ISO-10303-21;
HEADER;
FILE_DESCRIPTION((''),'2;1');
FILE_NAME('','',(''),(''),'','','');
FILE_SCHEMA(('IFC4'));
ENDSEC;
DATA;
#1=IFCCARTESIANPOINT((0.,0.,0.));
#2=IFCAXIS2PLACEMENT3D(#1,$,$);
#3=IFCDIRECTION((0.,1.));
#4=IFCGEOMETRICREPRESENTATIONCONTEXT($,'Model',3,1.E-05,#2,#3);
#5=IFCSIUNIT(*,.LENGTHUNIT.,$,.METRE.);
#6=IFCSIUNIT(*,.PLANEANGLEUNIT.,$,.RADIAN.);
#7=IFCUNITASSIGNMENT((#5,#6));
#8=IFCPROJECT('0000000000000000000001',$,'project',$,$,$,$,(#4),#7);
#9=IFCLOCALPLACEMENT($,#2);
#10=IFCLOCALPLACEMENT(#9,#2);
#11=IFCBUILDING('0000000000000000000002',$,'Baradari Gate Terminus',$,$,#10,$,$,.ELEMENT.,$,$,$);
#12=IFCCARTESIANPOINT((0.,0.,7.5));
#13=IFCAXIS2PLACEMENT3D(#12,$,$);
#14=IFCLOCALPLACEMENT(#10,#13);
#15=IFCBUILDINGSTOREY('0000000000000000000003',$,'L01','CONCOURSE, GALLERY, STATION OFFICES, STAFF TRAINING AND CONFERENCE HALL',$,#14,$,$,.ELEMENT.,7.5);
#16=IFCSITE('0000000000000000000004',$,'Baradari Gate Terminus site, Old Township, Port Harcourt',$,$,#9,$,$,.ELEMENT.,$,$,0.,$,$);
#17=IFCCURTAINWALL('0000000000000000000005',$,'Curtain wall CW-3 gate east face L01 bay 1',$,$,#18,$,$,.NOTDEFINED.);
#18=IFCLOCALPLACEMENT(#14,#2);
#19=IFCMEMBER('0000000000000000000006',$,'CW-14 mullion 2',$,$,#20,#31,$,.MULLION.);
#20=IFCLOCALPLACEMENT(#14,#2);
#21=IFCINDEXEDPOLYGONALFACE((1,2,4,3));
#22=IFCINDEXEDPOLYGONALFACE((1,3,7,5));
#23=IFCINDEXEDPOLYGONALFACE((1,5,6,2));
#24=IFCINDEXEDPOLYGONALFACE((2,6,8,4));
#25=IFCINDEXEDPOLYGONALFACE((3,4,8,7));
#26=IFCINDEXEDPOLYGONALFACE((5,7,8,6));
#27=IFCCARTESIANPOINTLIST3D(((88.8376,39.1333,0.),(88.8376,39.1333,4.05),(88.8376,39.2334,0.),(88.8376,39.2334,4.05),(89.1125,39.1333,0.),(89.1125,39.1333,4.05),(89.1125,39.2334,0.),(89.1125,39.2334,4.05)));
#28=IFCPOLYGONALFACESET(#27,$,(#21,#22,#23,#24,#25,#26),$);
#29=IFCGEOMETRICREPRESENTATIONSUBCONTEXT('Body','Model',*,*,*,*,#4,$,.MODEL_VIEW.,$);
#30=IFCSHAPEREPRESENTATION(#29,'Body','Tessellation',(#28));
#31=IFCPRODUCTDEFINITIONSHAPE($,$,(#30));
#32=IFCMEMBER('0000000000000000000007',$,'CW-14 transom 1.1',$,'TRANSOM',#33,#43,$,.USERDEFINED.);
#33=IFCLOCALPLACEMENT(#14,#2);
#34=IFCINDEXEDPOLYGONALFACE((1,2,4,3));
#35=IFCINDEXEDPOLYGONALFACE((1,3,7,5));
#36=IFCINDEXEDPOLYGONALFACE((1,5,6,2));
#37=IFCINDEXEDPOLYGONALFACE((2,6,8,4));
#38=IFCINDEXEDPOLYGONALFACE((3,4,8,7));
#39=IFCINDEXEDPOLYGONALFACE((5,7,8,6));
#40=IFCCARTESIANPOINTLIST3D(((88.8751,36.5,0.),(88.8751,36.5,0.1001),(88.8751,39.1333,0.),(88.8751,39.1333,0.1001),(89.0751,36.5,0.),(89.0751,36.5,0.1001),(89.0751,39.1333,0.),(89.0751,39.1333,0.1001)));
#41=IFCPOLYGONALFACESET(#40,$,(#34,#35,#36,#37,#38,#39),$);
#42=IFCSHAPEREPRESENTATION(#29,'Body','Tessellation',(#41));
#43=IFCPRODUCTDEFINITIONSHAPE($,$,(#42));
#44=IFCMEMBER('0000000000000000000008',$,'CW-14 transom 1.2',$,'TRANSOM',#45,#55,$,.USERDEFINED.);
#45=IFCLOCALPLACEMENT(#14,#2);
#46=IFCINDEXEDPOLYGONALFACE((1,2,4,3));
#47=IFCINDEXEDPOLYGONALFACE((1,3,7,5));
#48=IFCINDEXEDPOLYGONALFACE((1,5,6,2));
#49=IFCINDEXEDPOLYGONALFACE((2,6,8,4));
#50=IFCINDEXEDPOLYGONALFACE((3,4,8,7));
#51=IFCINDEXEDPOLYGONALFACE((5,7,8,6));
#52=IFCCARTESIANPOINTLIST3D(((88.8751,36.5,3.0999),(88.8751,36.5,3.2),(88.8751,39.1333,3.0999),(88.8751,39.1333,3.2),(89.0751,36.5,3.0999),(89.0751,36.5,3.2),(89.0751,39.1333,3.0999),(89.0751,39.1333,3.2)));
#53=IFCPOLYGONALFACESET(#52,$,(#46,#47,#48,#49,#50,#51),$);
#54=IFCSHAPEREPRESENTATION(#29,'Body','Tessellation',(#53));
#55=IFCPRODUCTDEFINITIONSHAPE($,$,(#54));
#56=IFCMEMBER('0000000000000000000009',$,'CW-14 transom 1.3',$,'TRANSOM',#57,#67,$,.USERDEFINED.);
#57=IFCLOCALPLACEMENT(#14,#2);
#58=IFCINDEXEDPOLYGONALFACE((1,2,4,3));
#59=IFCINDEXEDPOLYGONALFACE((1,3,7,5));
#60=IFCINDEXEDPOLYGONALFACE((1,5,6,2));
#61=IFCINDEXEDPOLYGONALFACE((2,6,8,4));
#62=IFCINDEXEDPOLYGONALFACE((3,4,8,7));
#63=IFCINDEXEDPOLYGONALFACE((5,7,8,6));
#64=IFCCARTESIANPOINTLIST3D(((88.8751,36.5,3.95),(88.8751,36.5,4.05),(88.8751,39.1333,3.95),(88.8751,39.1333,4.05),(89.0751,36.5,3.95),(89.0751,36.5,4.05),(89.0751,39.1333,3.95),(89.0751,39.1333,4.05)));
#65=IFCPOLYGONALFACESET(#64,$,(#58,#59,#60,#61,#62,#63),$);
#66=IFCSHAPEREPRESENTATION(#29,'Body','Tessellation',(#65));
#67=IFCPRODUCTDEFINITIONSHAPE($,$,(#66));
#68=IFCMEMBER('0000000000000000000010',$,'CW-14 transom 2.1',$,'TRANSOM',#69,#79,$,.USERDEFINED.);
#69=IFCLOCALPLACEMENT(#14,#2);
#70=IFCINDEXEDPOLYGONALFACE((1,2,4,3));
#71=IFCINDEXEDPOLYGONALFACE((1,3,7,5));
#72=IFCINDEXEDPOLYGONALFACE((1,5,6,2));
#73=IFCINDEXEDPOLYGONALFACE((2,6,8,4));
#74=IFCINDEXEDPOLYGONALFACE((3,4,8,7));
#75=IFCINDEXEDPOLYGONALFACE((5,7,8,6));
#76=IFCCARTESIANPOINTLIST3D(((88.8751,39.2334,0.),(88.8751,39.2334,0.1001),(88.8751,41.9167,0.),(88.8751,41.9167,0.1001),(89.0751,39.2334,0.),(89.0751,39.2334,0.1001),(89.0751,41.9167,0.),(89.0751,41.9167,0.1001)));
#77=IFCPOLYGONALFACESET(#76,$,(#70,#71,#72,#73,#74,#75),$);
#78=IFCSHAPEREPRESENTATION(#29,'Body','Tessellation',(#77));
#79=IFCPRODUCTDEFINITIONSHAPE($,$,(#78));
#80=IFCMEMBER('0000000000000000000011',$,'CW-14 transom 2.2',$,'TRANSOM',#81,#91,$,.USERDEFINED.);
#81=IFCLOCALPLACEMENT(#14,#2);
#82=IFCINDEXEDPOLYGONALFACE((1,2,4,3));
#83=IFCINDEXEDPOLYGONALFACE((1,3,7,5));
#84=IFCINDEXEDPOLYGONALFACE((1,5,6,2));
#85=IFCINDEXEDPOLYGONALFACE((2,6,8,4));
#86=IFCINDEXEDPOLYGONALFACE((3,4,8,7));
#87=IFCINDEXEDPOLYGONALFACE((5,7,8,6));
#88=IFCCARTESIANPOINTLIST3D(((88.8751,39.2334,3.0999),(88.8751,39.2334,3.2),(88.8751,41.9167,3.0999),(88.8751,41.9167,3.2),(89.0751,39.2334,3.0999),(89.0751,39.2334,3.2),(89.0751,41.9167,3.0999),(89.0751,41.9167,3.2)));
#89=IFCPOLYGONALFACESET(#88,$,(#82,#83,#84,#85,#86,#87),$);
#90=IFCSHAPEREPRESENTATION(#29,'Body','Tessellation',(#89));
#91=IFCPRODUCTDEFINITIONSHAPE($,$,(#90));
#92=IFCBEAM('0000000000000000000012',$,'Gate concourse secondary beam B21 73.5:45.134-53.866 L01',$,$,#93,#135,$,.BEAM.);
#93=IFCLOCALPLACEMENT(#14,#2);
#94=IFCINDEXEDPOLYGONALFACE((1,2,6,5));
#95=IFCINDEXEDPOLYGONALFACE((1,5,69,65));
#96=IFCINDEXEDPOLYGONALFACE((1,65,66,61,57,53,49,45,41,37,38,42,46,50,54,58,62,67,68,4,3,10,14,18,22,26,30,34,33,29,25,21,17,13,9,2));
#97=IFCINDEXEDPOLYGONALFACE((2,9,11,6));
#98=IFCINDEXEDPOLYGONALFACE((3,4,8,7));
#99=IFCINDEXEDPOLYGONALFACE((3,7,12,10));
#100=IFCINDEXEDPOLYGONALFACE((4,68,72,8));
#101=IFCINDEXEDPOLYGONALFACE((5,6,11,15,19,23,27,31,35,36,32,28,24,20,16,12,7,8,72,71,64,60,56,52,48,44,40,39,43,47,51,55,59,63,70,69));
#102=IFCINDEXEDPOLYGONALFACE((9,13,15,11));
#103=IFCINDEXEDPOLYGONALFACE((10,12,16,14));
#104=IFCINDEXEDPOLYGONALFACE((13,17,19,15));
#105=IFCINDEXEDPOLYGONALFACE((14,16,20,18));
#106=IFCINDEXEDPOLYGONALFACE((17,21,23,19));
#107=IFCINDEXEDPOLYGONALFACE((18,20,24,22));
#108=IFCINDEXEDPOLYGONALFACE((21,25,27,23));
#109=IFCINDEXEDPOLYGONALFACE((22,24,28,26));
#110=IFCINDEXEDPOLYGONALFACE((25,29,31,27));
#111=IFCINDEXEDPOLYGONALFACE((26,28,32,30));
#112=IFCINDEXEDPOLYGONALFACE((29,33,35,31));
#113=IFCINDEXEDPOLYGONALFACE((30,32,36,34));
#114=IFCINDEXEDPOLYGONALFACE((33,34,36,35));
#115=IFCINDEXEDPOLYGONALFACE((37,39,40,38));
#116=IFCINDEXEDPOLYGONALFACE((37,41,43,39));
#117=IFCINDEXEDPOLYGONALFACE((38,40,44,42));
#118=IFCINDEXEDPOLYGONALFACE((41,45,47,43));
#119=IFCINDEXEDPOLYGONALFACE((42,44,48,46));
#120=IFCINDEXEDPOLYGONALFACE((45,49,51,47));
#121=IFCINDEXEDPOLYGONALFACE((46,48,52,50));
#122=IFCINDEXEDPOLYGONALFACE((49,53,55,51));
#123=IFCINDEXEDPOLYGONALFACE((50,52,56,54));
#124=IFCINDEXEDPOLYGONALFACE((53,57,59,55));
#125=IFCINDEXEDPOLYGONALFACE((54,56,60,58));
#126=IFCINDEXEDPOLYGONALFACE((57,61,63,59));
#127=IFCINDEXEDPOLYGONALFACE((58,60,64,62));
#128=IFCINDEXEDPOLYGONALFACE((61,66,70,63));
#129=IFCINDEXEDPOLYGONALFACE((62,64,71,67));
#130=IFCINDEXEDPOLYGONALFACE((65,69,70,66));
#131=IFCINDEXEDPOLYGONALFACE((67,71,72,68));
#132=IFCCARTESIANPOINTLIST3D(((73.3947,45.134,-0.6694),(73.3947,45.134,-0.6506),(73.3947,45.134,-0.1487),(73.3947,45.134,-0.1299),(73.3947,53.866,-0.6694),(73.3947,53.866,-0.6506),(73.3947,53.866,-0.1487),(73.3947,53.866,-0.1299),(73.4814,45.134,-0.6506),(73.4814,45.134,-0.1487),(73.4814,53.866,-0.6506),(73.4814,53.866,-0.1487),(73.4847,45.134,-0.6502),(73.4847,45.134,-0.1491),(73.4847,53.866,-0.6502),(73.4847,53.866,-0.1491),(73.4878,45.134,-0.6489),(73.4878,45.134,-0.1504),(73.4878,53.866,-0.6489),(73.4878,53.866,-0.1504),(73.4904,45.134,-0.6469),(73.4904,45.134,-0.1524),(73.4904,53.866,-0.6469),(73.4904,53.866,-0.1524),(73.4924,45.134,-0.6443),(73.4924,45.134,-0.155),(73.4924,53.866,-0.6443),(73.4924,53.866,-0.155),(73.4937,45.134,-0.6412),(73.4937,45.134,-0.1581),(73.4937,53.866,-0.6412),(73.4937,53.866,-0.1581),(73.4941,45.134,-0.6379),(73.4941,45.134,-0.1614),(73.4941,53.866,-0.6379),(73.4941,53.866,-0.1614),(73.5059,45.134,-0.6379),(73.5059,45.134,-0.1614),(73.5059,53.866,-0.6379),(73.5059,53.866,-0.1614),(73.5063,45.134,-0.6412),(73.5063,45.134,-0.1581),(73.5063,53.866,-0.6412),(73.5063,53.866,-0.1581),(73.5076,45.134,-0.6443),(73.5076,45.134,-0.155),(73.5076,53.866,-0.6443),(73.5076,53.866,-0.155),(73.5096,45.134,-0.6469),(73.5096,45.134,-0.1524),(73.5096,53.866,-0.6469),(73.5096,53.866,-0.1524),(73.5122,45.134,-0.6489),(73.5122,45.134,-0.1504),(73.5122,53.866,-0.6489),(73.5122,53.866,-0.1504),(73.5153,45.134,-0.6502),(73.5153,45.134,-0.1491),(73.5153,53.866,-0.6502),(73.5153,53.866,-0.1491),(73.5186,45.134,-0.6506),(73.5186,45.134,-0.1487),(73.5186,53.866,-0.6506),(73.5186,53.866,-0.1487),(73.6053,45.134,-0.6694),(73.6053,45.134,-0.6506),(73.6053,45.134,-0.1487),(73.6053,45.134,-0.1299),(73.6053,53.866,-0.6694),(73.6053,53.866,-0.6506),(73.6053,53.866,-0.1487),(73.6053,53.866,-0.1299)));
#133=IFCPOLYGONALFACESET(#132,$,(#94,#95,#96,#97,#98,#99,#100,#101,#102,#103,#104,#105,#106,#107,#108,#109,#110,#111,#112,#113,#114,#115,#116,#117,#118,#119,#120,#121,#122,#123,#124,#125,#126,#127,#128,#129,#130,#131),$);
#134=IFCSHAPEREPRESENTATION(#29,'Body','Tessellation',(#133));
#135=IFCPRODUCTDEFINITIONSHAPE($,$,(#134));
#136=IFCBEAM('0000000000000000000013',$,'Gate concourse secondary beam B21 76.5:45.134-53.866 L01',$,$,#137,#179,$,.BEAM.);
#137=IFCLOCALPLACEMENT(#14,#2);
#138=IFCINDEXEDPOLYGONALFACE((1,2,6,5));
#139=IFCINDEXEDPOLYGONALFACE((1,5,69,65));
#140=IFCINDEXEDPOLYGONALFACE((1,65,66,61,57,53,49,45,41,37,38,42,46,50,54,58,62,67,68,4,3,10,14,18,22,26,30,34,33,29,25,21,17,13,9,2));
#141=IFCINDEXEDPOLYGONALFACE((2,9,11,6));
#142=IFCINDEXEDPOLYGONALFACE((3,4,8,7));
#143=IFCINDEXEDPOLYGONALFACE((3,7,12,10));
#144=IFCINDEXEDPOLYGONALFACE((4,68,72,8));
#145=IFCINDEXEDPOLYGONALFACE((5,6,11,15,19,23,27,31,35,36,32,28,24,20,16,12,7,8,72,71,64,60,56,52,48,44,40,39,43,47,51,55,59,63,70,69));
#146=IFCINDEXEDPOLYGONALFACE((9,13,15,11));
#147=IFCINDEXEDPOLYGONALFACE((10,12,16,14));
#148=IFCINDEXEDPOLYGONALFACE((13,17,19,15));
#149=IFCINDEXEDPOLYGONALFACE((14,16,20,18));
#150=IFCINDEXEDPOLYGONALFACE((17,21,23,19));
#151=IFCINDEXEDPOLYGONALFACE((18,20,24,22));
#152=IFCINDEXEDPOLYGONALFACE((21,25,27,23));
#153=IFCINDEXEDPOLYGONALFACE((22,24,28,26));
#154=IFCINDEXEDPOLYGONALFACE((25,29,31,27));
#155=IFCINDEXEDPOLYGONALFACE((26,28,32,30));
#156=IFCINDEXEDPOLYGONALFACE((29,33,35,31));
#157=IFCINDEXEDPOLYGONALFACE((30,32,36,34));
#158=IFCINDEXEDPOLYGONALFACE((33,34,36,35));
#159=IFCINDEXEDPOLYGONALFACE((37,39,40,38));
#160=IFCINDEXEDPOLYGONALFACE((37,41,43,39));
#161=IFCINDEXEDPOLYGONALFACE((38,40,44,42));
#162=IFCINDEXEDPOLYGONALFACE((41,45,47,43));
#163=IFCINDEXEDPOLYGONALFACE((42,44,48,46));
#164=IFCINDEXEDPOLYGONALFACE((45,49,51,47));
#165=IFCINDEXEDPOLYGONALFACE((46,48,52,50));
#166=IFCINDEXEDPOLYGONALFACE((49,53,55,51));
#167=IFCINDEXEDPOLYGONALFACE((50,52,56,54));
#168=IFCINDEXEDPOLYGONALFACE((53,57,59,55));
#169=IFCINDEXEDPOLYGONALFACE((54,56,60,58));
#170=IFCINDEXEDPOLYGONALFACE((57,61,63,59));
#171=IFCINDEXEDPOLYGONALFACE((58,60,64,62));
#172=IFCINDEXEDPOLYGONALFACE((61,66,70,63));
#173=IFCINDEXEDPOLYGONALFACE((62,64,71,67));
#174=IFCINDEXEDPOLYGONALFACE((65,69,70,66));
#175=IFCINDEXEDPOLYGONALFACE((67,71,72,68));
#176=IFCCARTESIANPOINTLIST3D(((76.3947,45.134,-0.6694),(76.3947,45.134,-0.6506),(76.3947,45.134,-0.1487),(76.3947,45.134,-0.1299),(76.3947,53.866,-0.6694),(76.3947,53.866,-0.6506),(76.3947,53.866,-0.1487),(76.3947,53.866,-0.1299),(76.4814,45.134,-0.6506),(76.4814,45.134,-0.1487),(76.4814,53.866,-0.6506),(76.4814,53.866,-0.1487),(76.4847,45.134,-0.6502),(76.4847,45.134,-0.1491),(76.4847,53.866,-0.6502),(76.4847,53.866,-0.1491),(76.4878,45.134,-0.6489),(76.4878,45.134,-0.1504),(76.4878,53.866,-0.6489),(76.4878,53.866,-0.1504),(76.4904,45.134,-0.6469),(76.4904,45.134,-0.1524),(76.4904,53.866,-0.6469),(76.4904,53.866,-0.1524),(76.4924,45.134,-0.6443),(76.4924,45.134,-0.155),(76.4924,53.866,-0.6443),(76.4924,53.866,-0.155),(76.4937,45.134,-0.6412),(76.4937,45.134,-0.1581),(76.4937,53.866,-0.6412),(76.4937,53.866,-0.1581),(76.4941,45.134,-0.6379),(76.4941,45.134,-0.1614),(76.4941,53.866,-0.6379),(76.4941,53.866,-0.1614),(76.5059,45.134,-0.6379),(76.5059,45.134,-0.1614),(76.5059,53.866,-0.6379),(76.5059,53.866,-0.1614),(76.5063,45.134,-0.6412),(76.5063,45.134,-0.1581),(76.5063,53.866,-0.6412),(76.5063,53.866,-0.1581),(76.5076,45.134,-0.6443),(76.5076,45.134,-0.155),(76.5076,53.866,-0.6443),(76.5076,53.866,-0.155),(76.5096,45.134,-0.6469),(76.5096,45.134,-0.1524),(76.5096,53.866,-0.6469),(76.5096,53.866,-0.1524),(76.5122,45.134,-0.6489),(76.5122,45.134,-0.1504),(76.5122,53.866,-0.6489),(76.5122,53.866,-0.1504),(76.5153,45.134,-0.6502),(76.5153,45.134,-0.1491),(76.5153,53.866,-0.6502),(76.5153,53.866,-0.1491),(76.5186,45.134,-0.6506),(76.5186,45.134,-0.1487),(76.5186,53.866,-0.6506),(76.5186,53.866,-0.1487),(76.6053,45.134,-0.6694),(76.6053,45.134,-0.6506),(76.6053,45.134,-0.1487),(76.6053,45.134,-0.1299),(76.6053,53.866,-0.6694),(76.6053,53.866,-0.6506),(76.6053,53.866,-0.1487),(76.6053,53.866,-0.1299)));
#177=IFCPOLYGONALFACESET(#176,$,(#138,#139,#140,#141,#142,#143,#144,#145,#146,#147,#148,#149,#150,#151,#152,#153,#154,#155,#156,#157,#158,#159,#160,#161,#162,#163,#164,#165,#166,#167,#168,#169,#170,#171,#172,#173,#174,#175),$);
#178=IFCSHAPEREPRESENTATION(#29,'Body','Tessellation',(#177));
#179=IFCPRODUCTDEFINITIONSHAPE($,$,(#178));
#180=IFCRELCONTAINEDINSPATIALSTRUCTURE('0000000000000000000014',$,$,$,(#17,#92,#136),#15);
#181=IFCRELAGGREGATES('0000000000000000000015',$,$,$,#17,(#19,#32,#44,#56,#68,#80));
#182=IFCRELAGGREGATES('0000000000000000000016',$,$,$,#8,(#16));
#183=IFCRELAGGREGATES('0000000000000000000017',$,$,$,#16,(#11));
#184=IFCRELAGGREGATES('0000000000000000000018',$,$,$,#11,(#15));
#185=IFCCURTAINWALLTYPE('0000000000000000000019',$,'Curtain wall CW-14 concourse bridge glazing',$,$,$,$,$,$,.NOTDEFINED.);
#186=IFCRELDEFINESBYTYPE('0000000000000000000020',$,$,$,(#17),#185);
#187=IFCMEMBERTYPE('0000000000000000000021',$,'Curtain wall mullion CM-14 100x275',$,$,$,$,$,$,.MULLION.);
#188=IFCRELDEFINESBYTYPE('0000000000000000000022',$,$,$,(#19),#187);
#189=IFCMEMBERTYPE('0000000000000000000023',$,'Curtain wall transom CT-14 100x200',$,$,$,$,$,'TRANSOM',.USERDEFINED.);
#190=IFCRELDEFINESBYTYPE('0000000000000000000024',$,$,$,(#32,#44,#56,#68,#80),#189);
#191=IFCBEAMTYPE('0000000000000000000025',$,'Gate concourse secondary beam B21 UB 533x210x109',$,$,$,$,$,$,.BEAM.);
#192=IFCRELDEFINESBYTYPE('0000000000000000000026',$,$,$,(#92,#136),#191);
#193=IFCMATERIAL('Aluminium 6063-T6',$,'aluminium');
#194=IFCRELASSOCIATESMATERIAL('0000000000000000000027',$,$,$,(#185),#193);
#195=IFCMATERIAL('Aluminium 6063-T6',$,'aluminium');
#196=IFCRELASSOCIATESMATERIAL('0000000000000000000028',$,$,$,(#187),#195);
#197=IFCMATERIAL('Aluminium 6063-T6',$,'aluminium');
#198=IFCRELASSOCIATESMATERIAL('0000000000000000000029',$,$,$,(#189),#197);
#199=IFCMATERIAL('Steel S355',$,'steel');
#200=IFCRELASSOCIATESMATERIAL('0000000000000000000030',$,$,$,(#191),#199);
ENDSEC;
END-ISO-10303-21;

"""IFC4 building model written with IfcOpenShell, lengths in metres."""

from ifc_helpers import new_model, si_unit, direction, frame, origin, origin_2d, place, context, subcontext, project, spatial, rectangle, i_section, extrude, material, material_profile, profile_set, type_object, element, aggregate, save


model = new_model("IFC4")

# Units and contexts
model_context = context("Model", 3, precision=1e-05, world=origin(), true_north=direction((0.0, 1.0)))
body_context = subcontext(model_context, "Body", "Model", "MODEL_VIEW")
ifc_project = project(units=[si_unit("LENGTHUNIT", "METRE"), si_unit("PLANEANGLEUNIT", "RADIAN")], contexts=[model_context])

# Site, building, storey
site_placement = place(None, origin())
site = spatial("IfcSite", under=ifc_project, at=site_placement, Name="Baradari Gate Terminus site, Old Township, Port Harcourt", CompositionType="ELEMENT", RefElevation=0.0)
building_placement = place(site_placement, origin())
building = spatial("IfcBuilding", under=site, at=building_placement, Name="Baradari Gate Terminus", CompositionType="ELEMENT")
storey_placement = place(building_placement, frame((0.0, 0.0, 7.5)))
storey = spatial("IfcBuildingStorey", under=building, at=storey_placement, Name="L01", Description="CONCOURSE, GALLERY, STATION OFFICES, STAFF TRAINING AND CONFERENCE HALL", CompositionType="ELEMENT", Elevation=7.5)

# Curtain wall, members
ifc_material_1 = material(Name="Aluminium 6063-T6", Category="aluminium")
curtain_wall_type = type_object("IfcCurtainWallType", Name="Curtain wall CW-14 concourse bridge glazing", PredefinedType="NOTDEFINED", material=ifc_material_1)
curtain_wall_placement = place(storey_placement, origin())
curtain_wall = element("IfcCurtainWall", 1, at=curtain_wall_placement, inside=storey, type_object=curtain_wall_type, Name="Curtain wall CW-3 gate east face L01 bay 1", PredefinedType="NOTDEFINED")
ifc_material_2 = material(Name="Aluminium 6063-T6", Category="aluminium")
ifc_material_profile_1 = material_profile(ifc_material_2, rectangle(XDim=0.2749, YDim=0.1001, at=origin_2d()), Name="CM-14 100X275")
ifc_profile_set_1 = profile_set([ifc_material_profile_1], Name="Aluminium 6063-T6")
member_type_1 = type_object("IfcMemberType", Name="Curtain wall mullion CM-14 100x275", PredefinedType="MULLION", material=ifc_profile_set_1)
member_1_placement = place(storey_placement, frame((88.9751, 39.1833, 0.0), z_axis=(0.0, 0.0, 1.0), x_axis=(-1.0, 0.0, 0.0)))
member_1 = element("IfcMember", 2, at=member_1_placement, type_object=member_type_1, Name="CW-14 mullion 2", PredefinedType="MULLION", context=body_context, shape_type="SweptSolid", body=[
    extrude(rectangle(XDim=0.2749, YDim=0.1001, at=origin_2d()), origin(), (0.0, 0.0, 1.0), 4.05),
])
ifc_material_3 = material(Name="Aluminium 6063-T6", Category="aluminium")
ifc_material_profile_2 = material_profile(ifc_material_3, rectangle(XDim=0.2, YDim=0.1001, at=origin_2d()), Name="CT-14 100X200")
ifc_profile_set_2 = profile_set([ifc_material_profile_2], Name="Aluminium 6063-T6")
member_type_2 = type_object("IfcMemberType", Name="Curtain wall transom CT-14 100x200", ElementType="TRANSOM", PredefinedType="USERDEFINED", material=ifc_profile_set_2)
member_2_placement = place(storey_placement, frame((88.9751, 36.5, 0.05), z_axis=(0.0, 1.0, 0.0), x_axis=(-1.0, 0.0, 0.0)))
member_2 = element("IfcMember", 3, at=member_2_placement, type_object=member_type_2, Name="CW-14 transom 1.1", ObjectType="TRANSOM", PredefinedType="USERDEFINED", context=body_context, shape_type="SweptSolid", body=[
    extrude(rectangle(XDim=0.2, YDim=0.1001, at=origin_2d()), origin(), (0.0, 0.0, 1.0), 2.6333),
])
member_3_placement = place(storey_placement, frame((88.9751, 36.5, 3.1499), z_axis=(0.0, 1.0, 0.0), x_axis=(-1.0, 0.0, 0.0)))
member_3 = element("IfcMember", 4, at=member_3_placement, type_object=member_type_2, Name="CW-14 transom 1.2", ObjectType="TRANSOM", PredefinedType="USERDEFINED", context=body_context, shape_type="SweptSolid", body=[
    extrude(rectangle(XDim=0.2, YDim=0.1001, at=origin_2d()), origin(), (0.0, 0.0, 1.0), 2.6333),
])
member_4_placement = place(storey_placement, frame((88.9751, 36.5, 4.0), z_axis=(0.0, 1.0, 0.0), x_axis=(-1.0, 0.0, 0.0)))
member_4 = element("IfcMember", 5, at=member_4_placement, type_object=member_type_2, Name="CW-14 transom 1.3", ObjectType="TRANSOM", PredefinedType="USERDEFINED", context=body_context, shape_type="SweptSolid", body=[
    extrude(rectangle(XDim=0.2, YDim=0.1001, at=origin_2d()), origin(), (0.0, 0.0, 1.0), 2.6333),
])
member_5_placement = place(storey_placement, frame((88.9751, 39.2334, 0.05), z_axis=(0.0, 1.0, 0.0), x_axis=(-1.0, 0.0, 0.0)))
member_5 = element("IfcMember", 6, at=member_5_placement, type_object=member_type_2, Name="CW-14 transom 2.1", ObjectType="TRANSOM", PredefinedType="USERDEFINED", context=body_context, shape_type="SweptSolid", body=[
    extrude(rectangle(XDim=0.2, YDim=0.1001, at=origin_2d()), origin(), (0.0, 0.0, 1.0), 2.6833),
])
member_6_placement = place(storey_placement, frame((88.9751, 39.2334, 3.1499), z_axis=(0.0, 1.0, 0.0), x_axis=(-1.0, 0.0, 0.0)))
member_6 = element("IfcMember", 7, at=member_6_placement, type_object=member_type_2, Name="CW-14 transom 2.2", ObjectType="TRANSOM", PredefinedType="USERDEFINED", context=body_context, shape_type="SweptSolid", body=[
    extrude(rectangle(XDim=0.2, YDim=0.1001, at=origin_2d()), origin(), (0.0, 0.0, 1.0), 2.6833),
])

# Beams
ifc_material_4 = material(Name="Steel S355", Category="steel")
ifc_material_profile_3 = material_profile(ifc_material_4, i_section(OverallWidth=0.2107, OverallDepth=0.5396, WebThickness=0.0117, FlangeThickness=0.0188, FilletRadius=0.0127, at=origin_2d()), Name="UB 533x210x109")
ifc_profile_set_3 = profile_set([ifc_material_profile_3], Name="Steel S355")
beam_type_1 = type_object("IfcBeamType", Name="Gate concourse secondary beam B21 UB 533x210x109", PredefinedType="BEAM", material=ifc_profile_set_3)
for number, where, z_axis, x_axis, name in (
    (8, (73.5, 45.134, -0.3997), (0.0, 1.0, 0.0), (-1.0, 0.0, 0.0), "Gate concourse secondary beam B21 73.5:45.134-53.866 L01"),
    (9, (76.5, 45.134, -0.3997), (0.0, 1.0, 0.0), (-1.0, 0.0, 0.0), "Gate concourse secondary beam B21 76.5:45.134-53.866 L01"),
):
    element("IfcBeam", number, at=place(storey_placement, frame(where, z_axis=z_axis, x_axis=x_axis)), inside=storey, type_object=beam_type_1, Name=name, PredefinedType="BEAM", context=body_context, shape_type="SweptSolid", body=[
        extrude(i_section(OverallWidth=0.2107, OverallDepth=0.5396, WebThickness=0.0117, FlangeThickness=0.0188, FilletRadius=0.0127, at=origin_2d()), origin(), (0.0, 0.0, 1.0), 8.7319),
    ])

aggregate(curtain_wall, [member_1, member_2, member_3, member_4, member_5, member_6])

save(model, "model.ifc")
